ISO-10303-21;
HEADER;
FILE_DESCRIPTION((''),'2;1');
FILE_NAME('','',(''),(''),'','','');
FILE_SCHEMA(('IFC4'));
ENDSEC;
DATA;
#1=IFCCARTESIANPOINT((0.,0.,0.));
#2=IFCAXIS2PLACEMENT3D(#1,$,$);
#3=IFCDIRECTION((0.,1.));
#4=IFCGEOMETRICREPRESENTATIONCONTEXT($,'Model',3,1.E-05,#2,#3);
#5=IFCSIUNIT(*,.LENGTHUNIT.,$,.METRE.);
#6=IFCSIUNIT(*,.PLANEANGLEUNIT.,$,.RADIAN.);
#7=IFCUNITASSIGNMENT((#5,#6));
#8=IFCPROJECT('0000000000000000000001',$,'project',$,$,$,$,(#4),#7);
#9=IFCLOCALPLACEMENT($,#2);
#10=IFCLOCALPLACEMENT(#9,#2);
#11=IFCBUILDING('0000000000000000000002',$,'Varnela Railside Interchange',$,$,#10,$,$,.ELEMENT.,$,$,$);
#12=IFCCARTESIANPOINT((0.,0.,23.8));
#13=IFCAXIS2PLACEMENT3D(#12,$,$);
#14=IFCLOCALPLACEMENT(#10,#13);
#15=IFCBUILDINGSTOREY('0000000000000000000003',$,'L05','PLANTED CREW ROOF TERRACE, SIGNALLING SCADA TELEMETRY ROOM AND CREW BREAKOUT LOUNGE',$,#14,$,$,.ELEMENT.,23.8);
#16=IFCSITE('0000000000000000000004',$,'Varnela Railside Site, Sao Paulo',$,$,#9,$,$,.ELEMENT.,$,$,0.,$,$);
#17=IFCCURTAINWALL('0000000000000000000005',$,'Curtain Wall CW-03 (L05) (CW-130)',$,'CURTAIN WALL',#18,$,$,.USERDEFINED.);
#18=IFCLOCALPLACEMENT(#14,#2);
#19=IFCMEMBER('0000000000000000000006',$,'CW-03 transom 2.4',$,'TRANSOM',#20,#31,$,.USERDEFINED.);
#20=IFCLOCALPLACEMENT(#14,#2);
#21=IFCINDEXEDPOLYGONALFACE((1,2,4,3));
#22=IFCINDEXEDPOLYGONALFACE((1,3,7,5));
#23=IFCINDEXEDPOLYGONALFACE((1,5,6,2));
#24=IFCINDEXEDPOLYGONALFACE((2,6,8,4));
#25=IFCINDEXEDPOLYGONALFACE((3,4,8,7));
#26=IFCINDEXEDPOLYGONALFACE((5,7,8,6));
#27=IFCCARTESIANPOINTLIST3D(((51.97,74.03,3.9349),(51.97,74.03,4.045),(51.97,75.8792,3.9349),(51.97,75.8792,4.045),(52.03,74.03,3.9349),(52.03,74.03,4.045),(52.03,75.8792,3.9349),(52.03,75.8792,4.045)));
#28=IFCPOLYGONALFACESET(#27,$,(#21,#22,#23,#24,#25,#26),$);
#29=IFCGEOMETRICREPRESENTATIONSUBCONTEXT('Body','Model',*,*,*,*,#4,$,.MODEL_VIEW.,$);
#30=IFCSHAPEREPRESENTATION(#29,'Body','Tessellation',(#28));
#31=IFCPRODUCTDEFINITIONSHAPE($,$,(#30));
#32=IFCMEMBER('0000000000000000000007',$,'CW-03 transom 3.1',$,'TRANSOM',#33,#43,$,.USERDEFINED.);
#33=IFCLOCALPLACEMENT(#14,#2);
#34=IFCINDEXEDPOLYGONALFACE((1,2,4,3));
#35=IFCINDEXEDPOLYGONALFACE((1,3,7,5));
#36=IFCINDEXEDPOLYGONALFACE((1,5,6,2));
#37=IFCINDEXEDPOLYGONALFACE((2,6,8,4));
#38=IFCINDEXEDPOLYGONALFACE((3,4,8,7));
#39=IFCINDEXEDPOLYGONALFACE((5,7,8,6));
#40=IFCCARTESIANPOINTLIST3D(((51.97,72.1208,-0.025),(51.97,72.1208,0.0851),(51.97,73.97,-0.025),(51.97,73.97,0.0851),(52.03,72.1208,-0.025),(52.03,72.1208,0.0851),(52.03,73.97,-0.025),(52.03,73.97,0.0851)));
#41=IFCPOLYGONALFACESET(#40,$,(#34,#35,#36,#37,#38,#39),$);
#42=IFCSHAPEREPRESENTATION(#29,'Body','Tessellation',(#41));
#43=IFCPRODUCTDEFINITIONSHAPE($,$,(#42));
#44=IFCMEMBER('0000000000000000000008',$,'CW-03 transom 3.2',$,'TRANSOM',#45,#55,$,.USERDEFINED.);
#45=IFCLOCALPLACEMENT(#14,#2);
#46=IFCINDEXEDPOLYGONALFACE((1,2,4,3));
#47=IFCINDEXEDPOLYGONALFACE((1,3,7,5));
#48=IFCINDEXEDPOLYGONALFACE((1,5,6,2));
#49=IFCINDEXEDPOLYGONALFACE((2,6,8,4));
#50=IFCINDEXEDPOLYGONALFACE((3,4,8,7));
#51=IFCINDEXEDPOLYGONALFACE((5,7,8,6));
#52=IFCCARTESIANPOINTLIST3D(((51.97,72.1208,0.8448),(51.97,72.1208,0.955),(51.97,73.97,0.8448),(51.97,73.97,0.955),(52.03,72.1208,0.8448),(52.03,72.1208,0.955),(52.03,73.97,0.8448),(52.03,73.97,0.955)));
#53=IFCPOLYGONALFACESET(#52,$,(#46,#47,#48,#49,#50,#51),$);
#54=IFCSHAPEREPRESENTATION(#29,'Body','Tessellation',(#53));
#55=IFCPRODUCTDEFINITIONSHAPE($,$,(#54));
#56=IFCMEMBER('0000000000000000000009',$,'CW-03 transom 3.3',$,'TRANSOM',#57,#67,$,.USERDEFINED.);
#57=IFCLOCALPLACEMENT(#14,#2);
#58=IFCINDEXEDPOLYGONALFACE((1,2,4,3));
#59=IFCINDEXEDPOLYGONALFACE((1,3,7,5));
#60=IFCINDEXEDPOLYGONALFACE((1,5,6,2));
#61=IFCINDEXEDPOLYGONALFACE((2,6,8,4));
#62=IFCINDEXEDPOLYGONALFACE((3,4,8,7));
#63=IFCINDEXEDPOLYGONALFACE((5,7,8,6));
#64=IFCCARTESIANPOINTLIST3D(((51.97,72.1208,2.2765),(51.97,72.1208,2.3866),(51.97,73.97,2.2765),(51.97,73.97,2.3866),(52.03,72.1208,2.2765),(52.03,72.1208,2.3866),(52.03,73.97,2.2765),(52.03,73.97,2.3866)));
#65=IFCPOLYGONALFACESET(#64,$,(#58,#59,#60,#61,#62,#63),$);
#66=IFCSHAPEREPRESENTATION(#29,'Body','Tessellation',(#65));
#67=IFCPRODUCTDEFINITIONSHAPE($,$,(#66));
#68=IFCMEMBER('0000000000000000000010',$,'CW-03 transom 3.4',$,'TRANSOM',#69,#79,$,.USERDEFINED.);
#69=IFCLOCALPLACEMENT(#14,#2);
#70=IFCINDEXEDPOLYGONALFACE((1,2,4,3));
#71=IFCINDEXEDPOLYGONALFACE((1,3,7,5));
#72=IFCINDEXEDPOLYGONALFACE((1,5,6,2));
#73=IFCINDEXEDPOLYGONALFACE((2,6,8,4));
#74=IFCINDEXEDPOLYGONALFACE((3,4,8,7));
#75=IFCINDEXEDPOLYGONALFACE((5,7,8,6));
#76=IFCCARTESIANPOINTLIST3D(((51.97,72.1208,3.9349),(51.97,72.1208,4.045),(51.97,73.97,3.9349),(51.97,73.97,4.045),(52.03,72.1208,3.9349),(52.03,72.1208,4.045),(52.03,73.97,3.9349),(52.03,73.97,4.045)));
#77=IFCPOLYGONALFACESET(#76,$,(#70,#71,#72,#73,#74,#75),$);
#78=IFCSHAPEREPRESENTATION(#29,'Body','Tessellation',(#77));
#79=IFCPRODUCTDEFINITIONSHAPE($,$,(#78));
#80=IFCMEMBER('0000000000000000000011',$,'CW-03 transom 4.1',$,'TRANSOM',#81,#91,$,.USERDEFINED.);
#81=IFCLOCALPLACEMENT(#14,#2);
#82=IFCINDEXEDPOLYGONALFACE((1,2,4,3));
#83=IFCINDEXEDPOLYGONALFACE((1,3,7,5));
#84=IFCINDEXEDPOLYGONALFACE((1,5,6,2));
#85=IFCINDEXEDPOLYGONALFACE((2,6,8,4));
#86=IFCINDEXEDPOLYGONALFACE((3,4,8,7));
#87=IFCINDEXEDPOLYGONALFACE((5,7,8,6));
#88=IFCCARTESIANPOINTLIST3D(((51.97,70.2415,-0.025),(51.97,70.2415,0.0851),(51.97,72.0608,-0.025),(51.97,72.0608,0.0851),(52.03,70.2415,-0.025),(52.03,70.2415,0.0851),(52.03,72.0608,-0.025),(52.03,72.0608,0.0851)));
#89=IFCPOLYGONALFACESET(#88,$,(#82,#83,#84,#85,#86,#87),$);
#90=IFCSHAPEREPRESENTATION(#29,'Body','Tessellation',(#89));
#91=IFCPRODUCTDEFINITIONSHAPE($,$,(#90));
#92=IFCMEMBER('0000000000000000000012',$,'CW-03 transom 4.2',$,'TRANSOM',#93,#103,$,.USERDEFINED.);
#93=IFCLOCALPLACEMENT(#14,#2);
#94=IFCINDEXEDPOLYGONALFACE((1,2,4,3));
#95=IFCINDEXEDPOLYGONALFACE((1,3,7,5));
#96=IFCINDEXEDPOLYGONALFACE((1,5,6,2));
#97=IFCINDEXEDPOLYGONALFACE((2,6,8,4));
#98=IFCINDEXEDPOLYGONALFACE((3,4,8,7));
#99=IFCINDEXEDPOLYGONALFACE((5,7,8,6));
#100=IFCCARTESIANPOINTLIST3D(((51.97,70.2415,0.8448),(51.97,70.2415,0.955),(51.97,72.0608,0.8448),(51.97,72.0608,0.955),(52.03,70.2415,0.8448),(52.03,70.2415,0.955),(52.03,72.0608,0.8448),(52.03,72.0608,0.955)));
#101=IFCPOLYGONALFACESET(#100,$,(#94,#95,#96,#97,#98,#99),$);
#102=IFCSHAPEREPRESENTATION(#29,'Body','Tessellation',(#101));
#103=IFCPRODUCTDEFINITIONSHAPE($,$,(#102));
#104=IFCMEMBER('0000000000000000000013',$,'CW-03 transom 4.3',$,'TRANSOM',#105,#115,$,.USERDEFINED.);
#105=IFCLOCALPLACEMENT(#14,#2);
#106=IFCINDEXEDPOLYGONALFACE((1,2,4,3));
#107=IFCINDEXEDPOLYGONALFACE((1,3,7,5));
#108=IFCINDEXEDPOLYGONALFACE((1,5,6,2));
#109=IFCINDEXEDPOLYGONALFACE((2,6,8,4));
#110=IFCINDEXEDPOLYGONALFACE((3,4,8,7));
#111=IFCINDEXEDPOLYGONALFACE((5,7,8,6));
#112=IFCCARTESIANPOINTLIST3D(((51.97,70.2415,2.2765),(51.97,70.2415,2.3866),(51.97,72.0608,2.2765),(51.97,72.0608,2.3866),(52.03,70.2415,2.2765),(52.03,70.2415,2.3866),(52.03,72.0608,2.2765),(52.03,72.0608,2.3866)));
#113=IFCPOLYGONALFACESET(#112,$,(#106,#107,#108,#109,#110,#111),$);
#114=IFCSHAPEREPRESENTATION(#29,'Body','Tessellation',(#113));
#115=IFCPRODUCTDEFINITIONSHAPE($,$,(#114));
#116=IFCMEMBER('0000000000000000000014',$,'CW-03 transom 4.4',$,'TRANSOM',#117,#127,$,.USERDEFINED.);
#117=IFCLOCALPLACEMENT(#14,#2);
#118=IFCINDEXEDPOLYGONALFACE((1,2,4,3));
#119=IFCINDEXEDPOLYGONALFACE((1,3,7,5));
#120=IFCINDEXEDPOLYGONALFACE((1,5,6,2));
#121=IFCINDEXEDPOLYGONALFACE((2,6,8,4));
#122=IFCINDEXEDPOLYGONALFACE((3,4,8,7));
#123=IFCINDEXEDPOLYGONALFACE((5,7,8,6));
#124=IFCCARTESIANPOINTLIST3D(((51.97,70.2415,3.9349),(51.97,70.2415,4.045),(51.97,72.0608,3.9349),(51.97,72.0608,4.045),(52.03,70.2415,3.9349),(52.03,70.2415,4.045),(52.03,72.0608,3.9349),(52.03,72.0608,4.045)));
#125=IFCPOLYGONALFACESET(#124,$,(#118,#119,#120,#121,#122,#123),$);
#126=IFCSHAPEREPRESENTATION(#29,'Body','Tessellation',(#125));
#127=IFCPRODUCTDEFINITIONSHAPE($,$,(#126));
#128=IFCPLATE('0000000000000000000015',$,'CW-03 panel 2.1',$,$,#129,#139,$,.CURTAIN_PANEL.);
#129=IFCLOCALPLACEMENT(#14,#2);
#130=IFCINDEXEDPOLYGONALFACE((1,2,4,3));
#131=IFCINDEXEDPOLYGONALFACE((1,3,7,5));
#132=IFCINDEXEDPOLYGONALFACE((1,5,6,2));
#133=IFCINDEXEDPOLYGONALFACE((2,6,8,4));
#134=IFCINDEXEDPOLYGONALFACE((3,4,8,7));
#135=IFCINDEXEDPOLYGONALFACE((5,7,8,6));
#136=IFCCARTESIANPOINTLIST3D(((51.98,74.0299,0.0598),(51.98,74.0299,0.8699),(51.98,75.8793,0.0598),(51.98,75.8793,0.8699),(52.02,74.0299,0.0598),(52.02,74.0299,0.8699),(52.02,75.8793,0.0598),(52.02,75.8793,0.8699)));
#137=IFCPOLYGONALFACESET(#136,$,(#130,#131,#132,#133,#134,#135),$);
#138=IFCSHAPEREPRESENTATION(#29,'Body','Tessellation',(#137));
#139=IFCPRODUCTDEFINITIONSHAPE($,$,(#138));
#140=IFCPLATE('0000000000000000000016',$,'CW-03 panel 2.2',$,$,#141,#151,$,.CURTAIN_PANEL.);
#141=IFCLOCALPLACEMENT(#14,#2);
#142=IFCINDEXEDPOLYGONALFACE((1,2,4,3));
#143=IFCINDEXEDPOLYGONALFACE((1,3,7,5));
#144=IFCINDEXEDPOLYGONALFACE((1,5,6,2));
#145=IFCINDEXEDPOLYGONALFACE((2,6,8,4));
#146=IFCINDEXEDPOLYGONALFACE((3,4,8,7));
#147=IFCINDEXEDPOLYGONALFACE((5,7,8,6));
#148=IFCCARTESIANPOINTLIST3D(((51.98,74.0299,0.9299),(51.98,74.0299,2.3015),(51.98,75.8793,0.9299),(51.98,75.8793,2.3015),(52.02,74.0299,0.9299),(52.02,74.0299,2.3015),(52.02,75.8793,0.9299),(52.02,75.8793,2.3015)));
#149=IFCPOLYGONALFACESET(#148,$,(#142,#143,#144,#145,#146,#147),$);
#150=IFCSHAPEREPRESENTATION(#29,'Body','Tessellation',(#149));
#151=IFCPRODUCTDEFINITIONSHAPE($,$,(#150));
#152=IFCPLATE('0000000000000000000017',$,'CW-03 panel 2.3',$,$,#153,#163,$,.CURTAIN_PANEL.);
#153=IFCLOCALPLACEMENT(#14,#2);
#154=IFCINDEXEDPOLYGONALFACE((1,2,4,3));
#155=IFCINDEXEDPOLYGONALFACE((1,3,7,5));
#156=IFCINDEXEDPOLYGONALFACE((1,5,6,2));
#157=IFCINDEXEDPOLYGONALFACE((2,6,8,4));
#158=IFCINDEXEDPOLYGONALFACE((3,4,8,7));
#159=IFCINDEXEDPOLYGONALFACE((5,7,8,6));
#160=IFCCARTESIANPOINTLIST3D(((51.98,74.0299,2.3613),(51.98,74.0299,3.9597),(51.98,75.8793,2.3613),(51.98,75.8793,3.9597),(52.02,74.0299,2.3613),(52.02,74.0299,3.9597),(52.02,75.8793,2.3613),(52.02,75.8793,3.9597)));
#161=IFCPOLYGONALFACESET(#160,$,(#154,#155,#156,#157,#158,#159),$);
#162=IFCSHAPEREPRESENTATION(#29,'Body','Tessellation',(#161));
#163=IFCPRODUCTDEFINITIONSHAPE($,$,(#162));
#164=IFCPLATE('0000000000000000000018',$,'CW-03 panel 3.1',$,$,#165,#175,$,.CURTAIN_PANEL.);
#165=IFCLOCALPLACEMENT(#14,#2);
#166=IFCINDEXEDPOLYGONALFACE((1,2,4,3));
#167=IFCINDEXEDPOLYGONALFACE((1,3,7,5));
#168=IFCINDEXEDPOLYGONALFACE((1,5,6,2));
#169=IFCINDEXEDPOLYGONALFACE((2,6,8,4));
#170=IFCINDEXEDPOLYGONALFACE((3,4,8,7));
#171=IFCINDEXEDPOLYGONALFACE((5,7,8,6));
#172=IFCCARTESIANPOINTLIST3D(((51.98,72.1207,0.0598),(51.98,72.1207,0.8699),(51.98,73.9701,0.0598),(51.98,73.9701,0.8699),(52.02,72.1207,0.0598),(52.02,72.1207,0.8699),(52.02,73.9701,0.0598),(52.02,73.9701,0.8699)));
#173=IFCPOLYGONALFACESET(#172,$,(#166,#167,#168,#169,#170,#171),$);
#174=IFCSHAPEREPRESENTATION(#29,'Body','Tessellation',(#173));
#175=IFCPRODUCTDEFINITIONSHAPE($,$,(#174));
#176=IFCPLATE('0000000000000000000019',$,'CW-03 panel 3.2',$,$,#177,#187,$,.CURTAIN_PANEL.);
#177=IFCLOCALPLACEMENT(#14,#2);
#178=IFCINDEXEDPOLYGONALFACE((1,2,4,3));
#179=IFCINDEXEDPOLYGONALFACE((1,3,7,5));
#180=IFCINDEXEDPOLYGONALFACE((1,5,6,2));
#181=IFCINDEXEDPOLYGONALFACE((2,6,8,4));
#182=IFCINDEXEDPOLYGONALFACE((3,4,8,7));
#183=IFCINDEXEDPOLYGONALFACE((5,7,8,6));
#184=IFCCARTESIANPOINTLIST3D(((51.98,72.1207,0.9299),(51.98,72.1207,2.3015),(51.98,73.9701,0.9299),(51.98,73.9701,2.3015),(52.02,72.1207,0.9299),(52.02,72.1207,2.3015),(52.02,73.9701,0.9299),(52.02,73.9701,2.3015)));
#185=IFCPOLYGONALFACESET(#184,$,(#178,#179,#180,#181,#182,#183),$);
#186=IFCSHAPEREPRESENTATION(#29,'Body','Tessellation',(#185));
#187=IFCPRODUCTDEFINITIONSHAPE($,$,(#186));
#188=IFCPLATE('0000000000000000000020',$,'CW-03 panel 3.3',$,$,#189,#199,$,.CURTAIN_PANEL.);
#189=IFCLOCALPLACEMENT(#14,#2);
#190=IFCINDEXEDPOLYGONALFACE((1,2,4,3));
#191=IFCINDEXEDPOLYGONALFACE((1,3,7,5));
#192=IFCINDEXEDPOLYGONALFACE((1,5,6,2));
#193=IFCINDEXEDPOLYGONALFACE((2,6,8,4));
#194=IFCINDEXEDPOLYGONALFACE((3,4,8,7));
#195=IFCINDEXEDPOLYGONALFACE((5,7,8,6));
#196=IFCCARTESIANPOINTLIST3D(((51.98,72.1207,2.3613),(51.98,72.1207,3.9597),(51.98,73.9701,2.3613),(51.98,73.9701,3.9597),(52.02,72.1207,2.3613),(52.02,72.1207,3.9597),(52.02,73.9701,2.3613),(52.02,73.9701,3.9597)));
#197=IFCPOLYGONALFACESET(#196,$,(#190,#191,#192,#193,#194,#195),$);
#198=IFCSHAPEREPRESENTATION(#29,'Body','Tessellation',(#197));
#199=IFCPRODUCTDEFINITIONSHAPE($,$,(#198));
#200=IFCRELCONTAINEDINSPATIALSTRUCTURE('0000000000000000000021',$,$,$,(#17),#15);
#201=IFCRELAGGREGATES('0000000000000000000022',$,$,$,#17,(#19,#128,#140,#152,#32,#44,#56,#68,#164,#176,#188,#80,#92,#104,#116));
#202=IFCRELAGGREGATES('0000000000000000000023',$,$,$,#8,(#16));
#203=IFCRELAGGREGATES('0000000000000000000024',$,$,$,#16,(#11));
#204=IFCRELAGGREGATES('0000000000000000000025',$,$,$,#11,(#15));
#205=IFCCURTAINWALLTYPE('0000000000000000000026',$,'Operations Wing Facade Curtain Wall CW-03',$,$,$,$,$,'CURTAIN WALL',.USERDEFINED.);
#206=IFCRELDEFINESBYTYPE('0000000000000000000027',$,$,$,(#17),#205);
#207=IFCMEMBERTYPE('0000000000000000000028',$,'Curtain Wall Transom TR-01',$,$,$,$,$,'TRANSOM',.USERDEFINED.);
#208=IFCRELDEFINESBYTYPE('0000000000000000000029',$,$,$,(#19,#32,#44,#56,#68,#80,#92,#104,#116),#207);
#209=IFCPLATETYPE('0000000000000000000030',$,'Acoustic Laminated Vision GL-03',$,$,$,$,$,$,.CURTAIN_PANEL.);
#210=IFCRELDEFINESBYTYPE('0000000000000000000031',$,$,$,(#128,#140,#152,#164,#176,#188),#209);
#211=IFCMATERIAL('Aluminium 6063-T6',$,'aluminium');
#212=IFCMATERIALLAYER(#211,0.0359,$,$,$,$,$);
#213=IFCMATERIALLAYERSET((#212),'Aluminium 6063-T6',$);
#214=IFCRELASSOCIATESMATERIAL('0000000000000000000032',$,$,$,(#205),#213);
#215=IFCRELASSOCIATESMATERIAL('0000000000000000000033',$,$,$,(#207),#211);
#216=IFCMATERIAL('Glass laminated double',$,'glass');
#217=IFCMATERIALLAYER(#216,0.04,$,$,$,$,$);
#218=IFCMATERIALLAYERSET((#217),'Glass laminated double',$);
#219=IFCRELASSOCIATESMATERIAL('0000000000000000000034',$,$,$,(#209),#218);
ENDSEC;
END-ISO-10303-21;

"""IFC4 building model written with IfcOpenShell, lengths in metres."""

from ifc_helpers import new_model, si_unit, direction, frame, origin, origin_2d, place, context, subcontext, project, spatial, rectangle, extrude, material, layer, layer_set, material_profile, profile_set, type_object, element, aggregate, save


model = new_model("IFC4")

# Units and contexts
model_context = context("Model", 3, precision=1e-05, world=origin(), true_north=direction((0.0, 1.0)))
body_context = subcontext(model_context, "Body", "Model", "MODEL_VIEW")
ifc_project = project(units=[si_unit("LENGTHUNIT", "METRE"), si_unit("PLANEANGLEUNIT", "RADIAN")], contexts=[model_context])

# Site, building, storey
site_placement = place(None, origin())
site = spatial("IfcSite", under=ifc_project, at=site_placement, Name="Varnela Railside Site, Sao Paulo", CompositionType="ELEMENT", RefElevation=0.0)
building_placement = place(site_placement, origin())
building = spatial("IfcBuilding", under=site, at=building_placement, Name="Varnela Railside Interchange", CompositionType="ELEMENT")
storey_placement = place(building_placement, frame((0.0, 0.0, 23.8)))
storey = spatial("IfcBuildingStorey", under=building, at=storey_placement, Name="L05", Description="PLANTED CREW ROOF TERRACE, SIGNALLING SCADA TELEMETRY ROOM AND CREW BREAKOUT LOUNGE", CompositionType="ELEMENT", Elevation=23.8)

# Curtain wall, members, plates
ifc_material_1 = material(Name="Aluminium 6063-T6", Category="aluminium")
ifc_layer_1 = layer(ifc_material_1, 0.0359)
ifc_layer_set_1 = layer_set([ifc_layer_1], Name="Aluminium 6063-T6")
curtain_wall_type = type_object("IfcCurtainWallType", Name="Operations Wing Facade Curtain Wall CW-03", ElementType="CURTAIN WALL", PredefinedType="USERDEFINED", material=ifc_layer_set_1)
curtain_wall_placement = place(storey_placement, origin())
curtain_wall = element("IfcCurtainWall", 1, at=curtain_wall_placement, inside=storey, type_object=curtain_wall_type, Name="Curtain Wall CW-03 (L05) (CW-130)", ObjectType="CURTAIN WALL", PredefinedType="USERDEFINED")
ifc_material_profile = material_profile(ifc_material_1, rectangle(XDim=0.0601, YDim=0.1101, at=origin_2d()), Name="ALU 60x110")
ifc_profile_set = profile_set([ifc_material_profile], Name="Aluminium 6063-T6")
member_type = type_object("IfcMemberType", Name="Curtain Wall Transom TR-01", ElementType="TRANSOM", PredefinedType="USERDEFINED", material=ifc_profile_set)
member_1_placement = place(storey_placement, frame((52.0, 75.8792, 3.99), z_axis=(0.0, -1.0, 0.0), x_axis=(1.0, 0.0, 0.0)))
member_1 = element("IfcMember", 2, at=member_1_placement, type_object=member_type, Name="CW-03 transom 2.4", ObjectType="TRANSOM", PredefinedType="USERDEFINED", context=body_context, shape_type="SweptSolid", body=[
    extrude(rectangle(XDim=0.0601, YDim=0.1101, at=origin_2d()), origin(), (0.0, 0.0, 1.0), 1.8491),
])
member_2_placement = place(storey_placement, frame((52.0, 73.97, 0.03), z_axis=(0.0, -1.0, 0.0), x_axis=(1.0, 0.0, 0.0)))
member_2 = element("IfcMember", 3, at=member_2_placement, type_object=member_type, Name="CW-03 transom 3.1", ObjectType="TRANSOM", PredefinedType="USERDEFINED", context=body_context, shape_type="SweptSolid", body=[
    extrude(rectangle(XDim=0.0601, YDim=0.1101, at=origin_2d()), origin(), (0.0, 0.0, 1.0), 1.8491),
])
member_3_placement = place(storey_placement, frame((52.0, 73.97, 0.8999), z_axis=(0.0, -1.0, 0.0), x_axis=(1.0, 0.0, 0.0)))
member_3 = element("IfcMember", 4, at=member_3_placement, type_object=member_type, Name="CW-03 transom 3.2", ObjectType="TRANSOM", PredefinedType="USERDEFINED", context=body_context, shape_type="SweptSolid", body=[
    extrude(rectangle(XDim=0.0601, YDim=0.1101, at=origin_2d()), origin(), (0.0, 0.0, 1.0), 1.8491),
])
member_4_placement = place(storey_placement, frame((52.0, 73.97, 2.3315), z_axis=(0.0, -1.0, 0.0), x_axis=(1.0, 0.0, 0.0)))
member_4 = element("IfcMember", 5, at=member_4_placement, type_object=member_type, Name="CW-03 transom 3.3", ObjectType="TRANSOM", PredefinedType="USERDEFINED", context=body_context, shape_type="SweptSolid", body=[
    extrude(rectangle(XDim=0.0601, YDim=0.1101, at=origin_2d()), origin(), (0.0, 0.0, 1.0), 1.8491),
])
member_5_placement = place(storey_placement, frame((52.0, 73.97, 3.99), z_axis=(0.0, -1.0, 0.0), x_axis=(1.0, 0.0, 0.0)))
member_5 = element("IfcMember", 6, at=member_5_placement, type_object=member_type, Name="CW-03 transom 3.4", ObjectType="TRANSOM", PredefinedType="USERDEFINED", context=body_context, shape_type="SweptSolid", body=[
    extrude(rectangle(XDim=0.0601, YDim=0.1101, at=origin_2d()), origin(), (0.0, 0.0, 1.0), 1.8491),
])
member_6_placement = place(storey_placement, frame((52.0, 72.0608, 0.03), z_axis=(0.0, -1.0, 0.0), x_axis=(1.0, 0.0, 0.0)))
member_6 = element("IfcMember", 7, at=member_6_placement, type_object=member_type, Name="CW-03 transom 4.1", ObjectType="TRANSOM", PredefinedType="USERDEFINED", context=body_context, shape_type="SweptSolid", body=[
    extrude(rectangle(XDim=0.0601, YDim=0.1101, at=origin_2d()), origin(), (0.0, 0.0, 1.0), 1.8193),
])
member_7_placement = place(storey_placement, frame((52.0, 72.0608, 0.8999), z_axis=(0.0, -1.0, 0.0), x_axis=(1.0, 0.0, 0.0)))
member_7 = element("IfcMember", 8, at=member_7_placement, type_object=member_type, Name="CW-03 transom 4.2", ObjectType="TRANSOM", PredefinedType="USERDEFINED", context=body_context, shape_type="SweptSolid", body=[
    extrude(rectangle(XDim=0.0601, YDim=0.1101, at=origin_2d()), origin(), (0.0, 0.0, 1.0), 1.8193),
])
member_8_placement = place(storey_placement, frame((52.0, 72.0608, 2.3315), z_axis=(0.0, -1.0, 0.0), x_axis=(1.0, 0.0, 0.0)))
member_8 = element("IfcMember", 9, at=member_8_placement, type_object=member_type, Name="CW-03 transom 4.3", ObjectType="TRANSOM", PredefinedType="USERDEFINED", context=body_context, shape_type="SweptSolid", body=[
    extrude(rectangle(XDim=0.0601, YDim=0.1101, at=origin_2d()), origin(), (0.0, 0.0, 1.0), 1.8193),
])
member_9_placement = place(storey_placement, frame((52.0, 72.0608, 3.99), z_axis=(0.0, -1.0, 0.0), x_axis=(1.0, 0.0, 0.0)))
member_9 = element("IfcMember", 10, at=member_9_placement, type_object=member_type, Name="CW-03 transom 4.4", ObjectType="TRANSOM", PredefinedType="USERDEFINED", context=body_context, shape_type="SweptSolid", body=[
    extrude(rectangle(XDim=0.0601, YDim=0.1101, at=origin_2d()), origin(), (0.0, 0.0, 1.0), 1.8193),
])
ifc_material_2 = material(Name="Glass laminated double", Category="glass")
ifc_layer_2 = layer(ifc_material_2, 0.04)
ifc_layer_set_2 = layer_set([ifc_layer_2], Name="Glass laminated double")
plate_type = type_object("IfcPlateType", Name="Acoustic Laminated Vision GL-03", PredefinedType="CURTAIN_PANEL", material=ifc_layer_set_2)
plate_1_placement = place(storey_placement, frame((52.0, 74.9546, 0.0598), z_axis=(0.0, 0.0, 1.0), x_axis=(0.0, -1.0, 0.0)))
plate_1 = element("IfcPlate", 11, at=plate_1_placement, type_object=plate_type, Name="CW-03 panel 2.1", PredefinedType="CURTAIN_PANEL", context=body_context, shape_type="SweptSolid", body=[
    extrude(rectangle(XDim=1.8494, YDim=0.04, at=origin_2d()), origin(), (0.0, 0.0, 1.0), 0.8101),
])
plate_2_placement = place(storey_placement, frame((52.0, 74.9546, 0.9299), z_axis=(0.0, 0.0, 1.0), x_axis=(0.0, -1.0, 0.0)))
plate_2 = element("IfcPlate", 12, at=plate_2_placement, type_object=plate_type, Name="CW-03 panel 2.2", PredefinedType="CURTAIN_PANEL", context=body_context, shape_type="SweptSolid", body=[
    extrude(rectangle(XDim=1.8494, YDim=0.04, at=origin_2d()), origin(), (0.0, 0.0, 1.0), 1.3716),
])
plate_3_placement = place(storey_placement, frame((52.0, 74.9546, 2.3613), z_axis=(0.0, 0.0, 1.0), x_axis=(0.0, -1.0, 0.0)))
plate_3 = element("IfcPlate", 13, at=plate_3_placement, type_object=plate_type, Name="CW-03 panel 2.3", PredefinedType="CURTAIN_PANEL", context=body_context, shape_type="SweptSolid", body=[
    extrude(rectangle(XDim=1.8494, YDim=0.04, at=origin_2d()), origin(), (0.0, 0.0, 1.0), 1.5984),
])
plate_4_placement = place(storey_placement, frame((52.0, 73.0454, 0.0598), z_axis=(0.0, 0.0, 1.0), x_axis=(0.0, -1.0, 0.0)))
plate_4 = element("IfcPlate", 14, at=plate_4_placement, type_object=plate_type, Name="CW-03 panel 3.1", PredefinedType="CURTAIN_PANEL", context=body_context, shape_type="SweptSolid", body=[
    extrude(rectangle(XDim=1.8494, YDim=0.04, at=origin_2d()), origin(), (0.0, 0.0, 1.0), 0.8101),
])
plate_5_placement = place(storey_placement, frame((52.0, 73.0454, 0.9299), z_axis=(0.0, 0.0, 1.0), x_axis=(0.0, -1.0, 0.0)))
plate_5 = element("IfcPlate", 15, at=plate_5_placement, type_object=plate_type, Name="CW-03 panel 3.2", PredefinedType="CURTAIN_PANEL", context=body_context, shape_type="SweptSolid", body=[
    extrude(rectangle(XDim=1.8494, YDim=0.04, at=origin_2d()), origin(), (0.0, 0.0, 1.0), 1.3716),
])
plate_6_placement = place(storey_placement, frame((52.0, 73.0454, 2.3613), z_axis=(0.0, 0.0, 1.0), x_axis=(0.0, -1.0, 0.0)))
plate_6 = element("IfcPlate", 16, at=plate_6_placement, type_object=plate_type, Name="CW-03 panel 3.3", PredefinedType="CURTAIN_PANEL", context=body_context, shape_type="SweptSolid", body=[
    extrude(rectangle(XDim=1.8494, YDim=0.04, at=origin_2d()), origin(), (0.0, 0.0, 1.0), 1.5984),
])
aggregate(curtain_wall, [member_1, plate_1, plate_2, plate_3, member_2, member_3, member_4, member_5, plate_4, plate_5, plate_6, member_6, member_7, member_8, member_9])

save(model, "model.ifc")
